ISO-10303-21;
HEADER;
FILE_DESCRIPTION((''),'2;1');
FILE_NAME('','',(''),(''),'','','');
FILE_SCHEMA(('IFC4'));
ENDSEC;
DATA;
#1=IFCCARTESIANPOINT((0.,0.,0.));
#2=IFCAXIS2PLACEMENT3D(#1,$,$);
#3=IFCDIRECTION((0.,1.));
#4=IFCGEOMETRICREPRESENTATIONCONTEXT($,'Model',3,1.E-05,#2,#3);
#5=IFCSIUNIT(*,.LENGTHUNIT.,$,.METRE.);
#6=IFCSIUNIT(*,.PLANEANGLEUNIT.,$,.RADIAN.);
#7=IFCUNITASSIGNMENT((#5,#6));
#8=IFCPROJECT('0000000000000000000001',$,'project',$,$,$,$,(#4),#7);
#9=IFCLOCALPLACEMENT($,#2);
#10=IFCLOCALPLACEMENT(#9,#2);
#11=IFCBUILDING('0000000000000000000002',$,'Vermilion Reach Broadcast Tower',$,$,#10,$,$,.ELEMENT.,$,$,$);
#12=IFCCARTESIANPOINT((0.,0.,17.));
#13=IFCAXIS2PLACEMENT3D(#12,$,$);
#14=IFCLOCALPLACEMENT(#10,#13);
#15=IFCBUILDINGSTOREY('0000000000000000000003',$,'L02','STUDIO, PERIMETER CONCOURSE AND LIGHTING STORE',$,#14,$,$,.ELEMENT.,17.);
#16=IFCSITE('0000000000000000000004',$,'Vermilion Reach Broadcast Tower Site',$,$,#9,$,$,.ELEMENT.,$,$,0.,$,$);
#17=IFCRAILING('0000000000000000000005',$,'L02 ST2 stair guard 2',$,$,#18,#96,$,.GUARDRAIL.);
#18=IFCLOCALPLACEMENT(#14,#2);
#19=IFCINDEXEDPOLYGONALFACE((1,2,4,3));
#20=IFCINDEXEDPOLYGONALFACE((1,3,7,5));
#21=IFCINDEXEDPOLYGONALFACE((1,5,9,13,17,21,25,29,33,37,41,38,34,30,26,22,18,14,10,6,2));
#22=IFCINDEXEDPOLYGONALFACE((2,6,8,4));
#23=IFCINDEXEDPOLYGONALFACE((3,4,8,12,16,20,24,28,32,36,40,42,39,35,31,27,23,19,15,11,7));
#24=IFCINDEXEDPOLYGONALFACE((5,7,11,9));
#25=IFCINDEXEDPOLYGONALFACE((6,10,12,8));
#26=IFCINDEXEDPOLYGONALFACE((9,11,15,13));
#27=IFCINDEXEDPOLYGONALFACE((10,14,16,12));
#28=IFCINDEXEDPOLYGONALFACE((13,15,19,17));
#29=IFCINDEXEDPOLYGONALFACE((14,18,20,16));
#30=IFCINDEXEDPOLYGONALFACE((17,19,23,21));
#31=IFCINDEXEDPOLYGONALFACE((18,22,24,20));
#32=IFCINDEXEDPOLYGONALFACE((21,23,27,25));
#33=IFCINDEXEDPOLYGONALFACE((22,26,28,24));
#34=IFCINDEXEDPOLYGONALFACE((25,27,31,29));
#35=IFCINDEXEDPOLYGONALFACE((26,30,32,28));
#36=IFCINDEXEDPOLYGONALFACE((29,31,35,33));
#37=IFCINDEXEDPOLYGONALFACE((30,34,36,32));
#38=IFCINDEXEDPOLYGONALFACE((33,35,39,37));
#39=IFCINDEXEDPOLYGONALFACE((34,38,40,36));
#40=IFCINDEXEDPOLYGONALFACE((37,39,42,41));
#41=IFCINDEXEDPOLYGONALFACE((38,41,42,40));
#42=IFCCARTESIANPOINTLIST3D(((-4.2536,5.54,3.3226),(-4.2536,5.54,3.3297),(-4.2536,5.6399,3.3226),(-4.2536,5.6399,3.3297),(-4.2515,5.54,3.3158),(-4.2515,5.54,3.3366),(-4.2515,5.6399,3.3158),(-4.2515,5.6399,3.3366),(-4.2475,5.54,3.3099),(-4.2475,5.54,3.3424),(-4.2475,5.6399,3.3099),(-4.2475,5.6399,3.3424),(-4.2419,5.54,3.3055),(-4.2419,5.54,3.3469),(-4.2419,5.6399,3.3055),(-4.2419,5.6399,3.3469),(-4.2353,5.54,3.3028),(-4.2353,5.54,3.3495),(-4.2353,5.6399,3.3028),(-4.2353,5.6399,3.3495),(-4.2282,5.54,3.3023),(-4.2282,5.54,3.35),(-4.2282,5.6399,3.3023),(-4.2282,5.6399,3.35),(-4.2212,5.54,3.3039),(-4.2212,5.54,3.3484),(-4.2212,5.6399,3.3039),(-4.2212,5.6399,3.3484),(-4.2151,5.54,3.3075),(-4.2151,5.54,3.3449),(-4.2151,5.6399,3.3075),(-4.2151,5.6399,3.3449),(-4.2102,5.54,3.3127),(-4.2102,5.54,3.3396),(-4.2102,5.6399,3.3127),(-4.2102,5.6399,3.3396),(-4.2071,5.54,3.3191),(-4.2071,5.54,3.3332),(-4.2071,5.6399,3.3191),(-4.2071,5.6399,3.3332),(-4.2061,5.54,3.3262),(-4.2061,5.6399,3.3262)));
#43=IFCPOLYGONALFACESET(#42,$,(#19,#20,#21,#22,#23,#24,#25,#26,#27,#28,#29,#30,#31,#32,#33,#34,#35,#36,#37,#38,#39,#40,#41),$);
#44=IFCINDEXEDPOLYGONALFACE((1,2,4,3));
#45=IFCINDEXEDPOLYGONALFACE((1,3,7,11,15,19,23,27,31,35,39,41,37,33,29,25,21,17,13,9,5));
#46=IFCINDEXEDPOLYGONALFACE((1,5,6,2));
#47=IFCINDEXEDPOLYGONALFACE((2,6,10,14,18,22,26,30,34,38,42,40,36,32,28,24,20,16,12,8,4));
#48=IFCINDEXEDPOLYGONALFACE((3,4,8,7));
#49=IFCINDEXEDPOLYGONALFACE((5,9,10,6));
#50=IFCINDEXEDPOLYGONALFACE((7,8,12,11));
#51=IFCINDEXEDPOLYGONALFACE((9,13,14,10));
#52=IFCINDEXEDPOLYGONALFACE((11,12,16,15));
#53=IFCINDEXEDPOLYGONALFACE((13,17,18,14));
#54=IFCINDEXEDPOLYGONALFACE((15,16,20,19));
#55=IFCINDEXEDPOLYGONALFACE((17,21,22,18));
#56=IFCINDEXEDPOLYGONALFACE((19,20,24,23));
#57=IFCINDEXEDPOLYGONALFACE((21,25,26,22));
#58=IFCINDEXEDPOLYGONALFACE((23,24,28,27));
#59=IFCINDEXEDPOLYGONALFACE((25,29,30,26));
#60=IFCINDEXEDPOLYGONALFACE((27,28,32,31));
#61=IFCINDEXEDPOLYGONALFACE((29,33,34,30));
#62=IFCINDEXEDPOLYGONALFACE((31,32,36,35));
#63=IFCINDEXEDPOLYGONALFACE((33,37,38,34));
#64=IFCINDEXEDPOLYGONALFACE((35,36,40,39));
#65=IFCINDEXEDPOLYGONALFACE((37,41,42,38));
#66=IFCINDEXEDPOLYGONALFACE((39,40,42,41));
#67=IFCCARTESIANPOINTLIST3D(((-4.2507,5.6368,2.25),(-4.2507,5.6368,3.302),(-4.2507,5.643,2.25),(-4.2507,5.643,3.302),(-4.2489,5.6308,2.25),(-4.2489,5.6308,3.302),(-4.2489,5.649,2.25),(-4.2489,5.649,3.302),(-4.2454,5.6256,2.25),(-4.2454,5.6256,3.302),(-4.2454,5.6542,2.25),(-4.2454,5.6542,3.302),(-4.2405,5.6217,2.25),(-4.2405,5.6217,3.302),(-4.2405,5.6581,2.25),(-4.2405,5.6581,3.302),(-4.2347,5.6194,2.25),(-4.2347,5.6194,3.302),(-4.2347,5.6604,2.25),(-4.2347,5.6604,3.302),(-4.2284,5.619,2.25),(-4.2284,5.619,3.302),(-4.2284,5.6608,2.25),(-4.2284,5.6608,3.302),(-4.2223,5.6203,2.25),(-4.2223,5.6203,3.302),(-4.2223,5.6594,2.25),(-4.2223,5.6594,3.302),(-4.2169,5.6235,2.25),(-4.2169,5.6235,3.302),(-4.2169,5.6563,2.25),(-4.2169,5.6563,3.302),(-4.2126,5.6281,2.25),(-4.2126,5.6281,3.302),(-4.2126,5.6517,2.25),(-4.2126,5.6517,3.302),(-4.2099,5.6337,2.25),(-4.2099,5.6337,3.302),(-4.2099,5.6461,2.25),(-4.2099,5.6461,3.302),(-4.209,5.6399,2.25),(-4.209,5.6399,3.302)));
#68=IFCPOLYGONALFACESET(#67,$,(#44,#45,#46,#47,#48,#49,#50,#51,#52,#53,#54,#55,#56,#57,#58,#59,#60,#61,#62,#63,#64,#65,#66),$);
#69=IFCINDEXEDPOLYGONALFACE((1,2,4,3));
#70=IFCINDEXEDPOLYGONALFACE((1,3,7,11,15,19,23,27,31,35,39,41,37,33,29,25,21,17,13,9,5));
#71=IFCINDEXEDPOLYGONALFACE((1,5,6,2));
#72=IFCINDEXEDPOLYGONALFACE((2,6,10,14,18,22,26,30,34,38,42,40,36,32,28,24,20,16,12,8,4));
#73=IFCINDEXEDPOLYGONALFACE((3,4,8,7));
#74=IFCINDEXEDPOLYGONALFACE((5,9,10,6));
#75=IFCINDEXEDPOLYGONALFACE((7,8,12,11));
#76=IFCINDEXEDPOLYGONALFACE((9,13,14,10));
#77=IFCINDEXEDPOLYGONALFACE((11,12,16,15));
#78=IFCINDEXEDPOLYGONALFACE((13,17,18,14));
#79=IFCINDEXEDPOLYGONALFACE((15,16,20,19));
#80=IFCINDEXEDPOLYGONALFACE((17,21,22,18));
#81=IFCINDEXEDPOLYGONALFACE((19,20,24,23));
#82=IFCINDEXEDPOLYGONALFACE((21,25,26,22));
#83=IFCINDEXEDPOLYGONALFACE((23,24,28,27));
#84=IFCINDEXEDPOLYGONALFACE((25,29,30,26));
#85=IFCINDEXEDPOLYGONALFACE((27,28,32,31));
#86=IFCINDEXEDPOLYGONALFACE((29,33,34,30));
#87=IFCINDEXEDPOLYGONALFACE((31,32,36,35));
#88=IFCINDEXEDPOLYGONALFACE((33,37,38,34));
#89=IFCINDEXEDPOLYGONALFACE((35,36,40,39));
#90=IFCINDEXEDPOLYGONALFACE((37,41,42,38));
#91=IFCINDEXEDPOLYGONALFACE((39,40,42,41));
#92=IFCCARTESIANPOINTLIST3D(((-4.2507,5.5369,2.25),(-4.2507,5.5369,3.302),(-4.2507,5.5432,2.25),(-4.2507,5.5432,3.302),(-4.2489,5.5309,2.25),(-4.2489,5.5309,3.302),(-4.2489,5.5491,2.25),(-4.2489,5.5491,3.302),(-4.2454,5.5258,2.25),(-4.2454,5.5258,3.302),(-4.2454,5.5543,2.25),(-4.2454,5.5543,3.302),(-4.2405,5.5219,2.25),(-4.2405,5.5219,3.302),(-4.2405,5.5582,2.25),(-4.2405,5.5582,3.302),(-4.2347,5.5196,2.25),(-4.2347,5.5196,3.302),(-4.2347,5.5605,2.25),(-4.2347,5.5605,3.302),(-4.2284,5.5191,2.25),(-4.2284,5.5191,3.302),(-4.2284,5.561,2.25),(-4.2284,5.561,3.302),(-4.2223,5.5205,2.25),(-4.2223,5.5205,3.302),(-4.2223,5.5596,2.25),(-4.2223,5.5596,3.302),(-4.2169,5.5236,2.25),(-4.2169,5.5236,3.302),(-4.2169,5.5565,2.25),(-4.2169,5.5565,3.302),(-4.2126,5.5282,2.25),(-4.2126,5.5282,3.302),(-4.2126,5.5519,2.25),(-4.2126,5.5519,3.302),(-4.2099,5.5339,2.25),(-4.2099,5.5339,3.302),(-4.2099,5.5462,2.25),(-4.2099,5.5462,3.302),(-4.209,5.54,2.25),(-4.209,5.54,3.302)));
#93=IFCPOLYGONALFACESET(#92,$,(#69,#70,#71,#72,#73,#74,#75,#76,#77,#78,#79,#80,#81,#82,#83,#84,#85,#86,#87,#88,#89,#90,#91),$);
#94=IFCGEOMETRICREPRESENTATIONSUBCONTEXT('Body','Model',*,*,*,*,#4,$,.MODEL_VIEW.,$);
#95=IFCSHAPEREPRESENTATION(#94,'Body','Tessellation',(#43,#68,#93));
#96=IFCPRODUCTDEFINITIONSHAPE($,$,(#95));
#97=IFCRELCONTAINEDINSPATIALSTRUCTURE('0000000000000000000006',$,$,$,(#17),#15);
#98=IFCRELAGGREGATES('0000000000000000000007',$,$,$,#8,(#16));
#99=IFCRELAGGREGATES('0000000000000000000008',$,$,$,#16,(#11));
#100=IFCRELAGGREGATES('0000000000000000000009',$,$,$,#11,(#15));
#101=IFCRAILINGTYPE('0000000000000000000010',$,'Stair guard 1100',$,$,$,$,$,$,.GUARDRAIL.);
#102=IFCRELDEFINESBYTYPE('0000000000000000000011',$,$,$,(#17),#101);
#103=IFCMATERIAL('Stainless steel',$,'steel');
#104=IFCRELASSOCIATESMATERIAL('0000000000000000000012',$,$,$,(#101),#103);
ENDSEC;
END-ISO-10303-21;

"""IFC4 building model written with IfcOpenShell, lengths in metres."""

from ifc_helpers import new_model, si_unit, direction, frame, origin, origin_2d, place, context, subcontext, project, spatial, circle, extrude, material, type_object, element, save


model = new_model("IFC4")

# Units and contexts
model_context = context("Model", 3, precision=1e-05, world=origin(), true_north=direction((0.0, 1.0)))
body_context = subcontext(model_context, "Body", "Model", "MODEL_VIEW")
ifc_project = project(units=[si_unit("LENGTHUNIT", "METRE"), si_unit("PLANEANGLEUNIT", "RADIAN")], contexts=[model_context])

# Site, building, storey
site_placement = place(None, origin())
site = spatial("IfcSite", under=ifc_project, at=site_placement, Name="Vermilion Reach Broadcast Tower Site", CompositionType="ELEMENT", RefElevation=0.0)
building_placement = place(site_placement, origin())
building = spatial("IfcBuilding", under=site, at=building_placement, Name="Vermilion Reach Broadcast Tower", CompositionType="ELEMENT")
storey_placement = place(building_placement, frame((0.0, 0.0, 17.0)))
storey = spatial("IfcBuildingStorey", under=building, at=storey_placement, Name="L02", Description="STUDIO, PERIMETER CONCOURSE AND LIGHTING STORE", CompositionType="ELEMENT", Elevation=17.0)

# Railing
ifc_material_1 = material(Name="Stainless steel", Category="steel")
railing_type_1 = type_object("IfcRailingType", Name="Stair guard 1100", PredefinedType="GUARDRAIL", material=ifc_material_1)
railing_1_placement = place(storey_placement, frame((-4.23, 5.6399, 2.25)))
element("IfcRailing", 1, at=railing_1_placement, inside=storey, type_object=railing_type_1, Name="L02 ST2 stair guard 2", PredefinedType="GUARDRAIL", context=body_context, shape_type="SweptSolid", body=[
    extrude(circle(Radius=0.0239, at=origin_2d()), frame((0.0, 0.0, 1.0762), z_axis=(0.0, -1.0, 0.0), x_axis=(1.0, 0.0, 0.0)), (0.0, 0.0, 1.0), 0.0999),
    extrude(circle(Radius=0.021, at=origin_2d()), origin(), (0.0, 0.0, 1.0), 1.052),
    extrude(circle(Radius=0.021, at=origin_2d()), frame((0.0, -0.0999, 0.0)), (0.0, 0.0, 1.0), 1.052),
])

save(model, "model.ifc")
